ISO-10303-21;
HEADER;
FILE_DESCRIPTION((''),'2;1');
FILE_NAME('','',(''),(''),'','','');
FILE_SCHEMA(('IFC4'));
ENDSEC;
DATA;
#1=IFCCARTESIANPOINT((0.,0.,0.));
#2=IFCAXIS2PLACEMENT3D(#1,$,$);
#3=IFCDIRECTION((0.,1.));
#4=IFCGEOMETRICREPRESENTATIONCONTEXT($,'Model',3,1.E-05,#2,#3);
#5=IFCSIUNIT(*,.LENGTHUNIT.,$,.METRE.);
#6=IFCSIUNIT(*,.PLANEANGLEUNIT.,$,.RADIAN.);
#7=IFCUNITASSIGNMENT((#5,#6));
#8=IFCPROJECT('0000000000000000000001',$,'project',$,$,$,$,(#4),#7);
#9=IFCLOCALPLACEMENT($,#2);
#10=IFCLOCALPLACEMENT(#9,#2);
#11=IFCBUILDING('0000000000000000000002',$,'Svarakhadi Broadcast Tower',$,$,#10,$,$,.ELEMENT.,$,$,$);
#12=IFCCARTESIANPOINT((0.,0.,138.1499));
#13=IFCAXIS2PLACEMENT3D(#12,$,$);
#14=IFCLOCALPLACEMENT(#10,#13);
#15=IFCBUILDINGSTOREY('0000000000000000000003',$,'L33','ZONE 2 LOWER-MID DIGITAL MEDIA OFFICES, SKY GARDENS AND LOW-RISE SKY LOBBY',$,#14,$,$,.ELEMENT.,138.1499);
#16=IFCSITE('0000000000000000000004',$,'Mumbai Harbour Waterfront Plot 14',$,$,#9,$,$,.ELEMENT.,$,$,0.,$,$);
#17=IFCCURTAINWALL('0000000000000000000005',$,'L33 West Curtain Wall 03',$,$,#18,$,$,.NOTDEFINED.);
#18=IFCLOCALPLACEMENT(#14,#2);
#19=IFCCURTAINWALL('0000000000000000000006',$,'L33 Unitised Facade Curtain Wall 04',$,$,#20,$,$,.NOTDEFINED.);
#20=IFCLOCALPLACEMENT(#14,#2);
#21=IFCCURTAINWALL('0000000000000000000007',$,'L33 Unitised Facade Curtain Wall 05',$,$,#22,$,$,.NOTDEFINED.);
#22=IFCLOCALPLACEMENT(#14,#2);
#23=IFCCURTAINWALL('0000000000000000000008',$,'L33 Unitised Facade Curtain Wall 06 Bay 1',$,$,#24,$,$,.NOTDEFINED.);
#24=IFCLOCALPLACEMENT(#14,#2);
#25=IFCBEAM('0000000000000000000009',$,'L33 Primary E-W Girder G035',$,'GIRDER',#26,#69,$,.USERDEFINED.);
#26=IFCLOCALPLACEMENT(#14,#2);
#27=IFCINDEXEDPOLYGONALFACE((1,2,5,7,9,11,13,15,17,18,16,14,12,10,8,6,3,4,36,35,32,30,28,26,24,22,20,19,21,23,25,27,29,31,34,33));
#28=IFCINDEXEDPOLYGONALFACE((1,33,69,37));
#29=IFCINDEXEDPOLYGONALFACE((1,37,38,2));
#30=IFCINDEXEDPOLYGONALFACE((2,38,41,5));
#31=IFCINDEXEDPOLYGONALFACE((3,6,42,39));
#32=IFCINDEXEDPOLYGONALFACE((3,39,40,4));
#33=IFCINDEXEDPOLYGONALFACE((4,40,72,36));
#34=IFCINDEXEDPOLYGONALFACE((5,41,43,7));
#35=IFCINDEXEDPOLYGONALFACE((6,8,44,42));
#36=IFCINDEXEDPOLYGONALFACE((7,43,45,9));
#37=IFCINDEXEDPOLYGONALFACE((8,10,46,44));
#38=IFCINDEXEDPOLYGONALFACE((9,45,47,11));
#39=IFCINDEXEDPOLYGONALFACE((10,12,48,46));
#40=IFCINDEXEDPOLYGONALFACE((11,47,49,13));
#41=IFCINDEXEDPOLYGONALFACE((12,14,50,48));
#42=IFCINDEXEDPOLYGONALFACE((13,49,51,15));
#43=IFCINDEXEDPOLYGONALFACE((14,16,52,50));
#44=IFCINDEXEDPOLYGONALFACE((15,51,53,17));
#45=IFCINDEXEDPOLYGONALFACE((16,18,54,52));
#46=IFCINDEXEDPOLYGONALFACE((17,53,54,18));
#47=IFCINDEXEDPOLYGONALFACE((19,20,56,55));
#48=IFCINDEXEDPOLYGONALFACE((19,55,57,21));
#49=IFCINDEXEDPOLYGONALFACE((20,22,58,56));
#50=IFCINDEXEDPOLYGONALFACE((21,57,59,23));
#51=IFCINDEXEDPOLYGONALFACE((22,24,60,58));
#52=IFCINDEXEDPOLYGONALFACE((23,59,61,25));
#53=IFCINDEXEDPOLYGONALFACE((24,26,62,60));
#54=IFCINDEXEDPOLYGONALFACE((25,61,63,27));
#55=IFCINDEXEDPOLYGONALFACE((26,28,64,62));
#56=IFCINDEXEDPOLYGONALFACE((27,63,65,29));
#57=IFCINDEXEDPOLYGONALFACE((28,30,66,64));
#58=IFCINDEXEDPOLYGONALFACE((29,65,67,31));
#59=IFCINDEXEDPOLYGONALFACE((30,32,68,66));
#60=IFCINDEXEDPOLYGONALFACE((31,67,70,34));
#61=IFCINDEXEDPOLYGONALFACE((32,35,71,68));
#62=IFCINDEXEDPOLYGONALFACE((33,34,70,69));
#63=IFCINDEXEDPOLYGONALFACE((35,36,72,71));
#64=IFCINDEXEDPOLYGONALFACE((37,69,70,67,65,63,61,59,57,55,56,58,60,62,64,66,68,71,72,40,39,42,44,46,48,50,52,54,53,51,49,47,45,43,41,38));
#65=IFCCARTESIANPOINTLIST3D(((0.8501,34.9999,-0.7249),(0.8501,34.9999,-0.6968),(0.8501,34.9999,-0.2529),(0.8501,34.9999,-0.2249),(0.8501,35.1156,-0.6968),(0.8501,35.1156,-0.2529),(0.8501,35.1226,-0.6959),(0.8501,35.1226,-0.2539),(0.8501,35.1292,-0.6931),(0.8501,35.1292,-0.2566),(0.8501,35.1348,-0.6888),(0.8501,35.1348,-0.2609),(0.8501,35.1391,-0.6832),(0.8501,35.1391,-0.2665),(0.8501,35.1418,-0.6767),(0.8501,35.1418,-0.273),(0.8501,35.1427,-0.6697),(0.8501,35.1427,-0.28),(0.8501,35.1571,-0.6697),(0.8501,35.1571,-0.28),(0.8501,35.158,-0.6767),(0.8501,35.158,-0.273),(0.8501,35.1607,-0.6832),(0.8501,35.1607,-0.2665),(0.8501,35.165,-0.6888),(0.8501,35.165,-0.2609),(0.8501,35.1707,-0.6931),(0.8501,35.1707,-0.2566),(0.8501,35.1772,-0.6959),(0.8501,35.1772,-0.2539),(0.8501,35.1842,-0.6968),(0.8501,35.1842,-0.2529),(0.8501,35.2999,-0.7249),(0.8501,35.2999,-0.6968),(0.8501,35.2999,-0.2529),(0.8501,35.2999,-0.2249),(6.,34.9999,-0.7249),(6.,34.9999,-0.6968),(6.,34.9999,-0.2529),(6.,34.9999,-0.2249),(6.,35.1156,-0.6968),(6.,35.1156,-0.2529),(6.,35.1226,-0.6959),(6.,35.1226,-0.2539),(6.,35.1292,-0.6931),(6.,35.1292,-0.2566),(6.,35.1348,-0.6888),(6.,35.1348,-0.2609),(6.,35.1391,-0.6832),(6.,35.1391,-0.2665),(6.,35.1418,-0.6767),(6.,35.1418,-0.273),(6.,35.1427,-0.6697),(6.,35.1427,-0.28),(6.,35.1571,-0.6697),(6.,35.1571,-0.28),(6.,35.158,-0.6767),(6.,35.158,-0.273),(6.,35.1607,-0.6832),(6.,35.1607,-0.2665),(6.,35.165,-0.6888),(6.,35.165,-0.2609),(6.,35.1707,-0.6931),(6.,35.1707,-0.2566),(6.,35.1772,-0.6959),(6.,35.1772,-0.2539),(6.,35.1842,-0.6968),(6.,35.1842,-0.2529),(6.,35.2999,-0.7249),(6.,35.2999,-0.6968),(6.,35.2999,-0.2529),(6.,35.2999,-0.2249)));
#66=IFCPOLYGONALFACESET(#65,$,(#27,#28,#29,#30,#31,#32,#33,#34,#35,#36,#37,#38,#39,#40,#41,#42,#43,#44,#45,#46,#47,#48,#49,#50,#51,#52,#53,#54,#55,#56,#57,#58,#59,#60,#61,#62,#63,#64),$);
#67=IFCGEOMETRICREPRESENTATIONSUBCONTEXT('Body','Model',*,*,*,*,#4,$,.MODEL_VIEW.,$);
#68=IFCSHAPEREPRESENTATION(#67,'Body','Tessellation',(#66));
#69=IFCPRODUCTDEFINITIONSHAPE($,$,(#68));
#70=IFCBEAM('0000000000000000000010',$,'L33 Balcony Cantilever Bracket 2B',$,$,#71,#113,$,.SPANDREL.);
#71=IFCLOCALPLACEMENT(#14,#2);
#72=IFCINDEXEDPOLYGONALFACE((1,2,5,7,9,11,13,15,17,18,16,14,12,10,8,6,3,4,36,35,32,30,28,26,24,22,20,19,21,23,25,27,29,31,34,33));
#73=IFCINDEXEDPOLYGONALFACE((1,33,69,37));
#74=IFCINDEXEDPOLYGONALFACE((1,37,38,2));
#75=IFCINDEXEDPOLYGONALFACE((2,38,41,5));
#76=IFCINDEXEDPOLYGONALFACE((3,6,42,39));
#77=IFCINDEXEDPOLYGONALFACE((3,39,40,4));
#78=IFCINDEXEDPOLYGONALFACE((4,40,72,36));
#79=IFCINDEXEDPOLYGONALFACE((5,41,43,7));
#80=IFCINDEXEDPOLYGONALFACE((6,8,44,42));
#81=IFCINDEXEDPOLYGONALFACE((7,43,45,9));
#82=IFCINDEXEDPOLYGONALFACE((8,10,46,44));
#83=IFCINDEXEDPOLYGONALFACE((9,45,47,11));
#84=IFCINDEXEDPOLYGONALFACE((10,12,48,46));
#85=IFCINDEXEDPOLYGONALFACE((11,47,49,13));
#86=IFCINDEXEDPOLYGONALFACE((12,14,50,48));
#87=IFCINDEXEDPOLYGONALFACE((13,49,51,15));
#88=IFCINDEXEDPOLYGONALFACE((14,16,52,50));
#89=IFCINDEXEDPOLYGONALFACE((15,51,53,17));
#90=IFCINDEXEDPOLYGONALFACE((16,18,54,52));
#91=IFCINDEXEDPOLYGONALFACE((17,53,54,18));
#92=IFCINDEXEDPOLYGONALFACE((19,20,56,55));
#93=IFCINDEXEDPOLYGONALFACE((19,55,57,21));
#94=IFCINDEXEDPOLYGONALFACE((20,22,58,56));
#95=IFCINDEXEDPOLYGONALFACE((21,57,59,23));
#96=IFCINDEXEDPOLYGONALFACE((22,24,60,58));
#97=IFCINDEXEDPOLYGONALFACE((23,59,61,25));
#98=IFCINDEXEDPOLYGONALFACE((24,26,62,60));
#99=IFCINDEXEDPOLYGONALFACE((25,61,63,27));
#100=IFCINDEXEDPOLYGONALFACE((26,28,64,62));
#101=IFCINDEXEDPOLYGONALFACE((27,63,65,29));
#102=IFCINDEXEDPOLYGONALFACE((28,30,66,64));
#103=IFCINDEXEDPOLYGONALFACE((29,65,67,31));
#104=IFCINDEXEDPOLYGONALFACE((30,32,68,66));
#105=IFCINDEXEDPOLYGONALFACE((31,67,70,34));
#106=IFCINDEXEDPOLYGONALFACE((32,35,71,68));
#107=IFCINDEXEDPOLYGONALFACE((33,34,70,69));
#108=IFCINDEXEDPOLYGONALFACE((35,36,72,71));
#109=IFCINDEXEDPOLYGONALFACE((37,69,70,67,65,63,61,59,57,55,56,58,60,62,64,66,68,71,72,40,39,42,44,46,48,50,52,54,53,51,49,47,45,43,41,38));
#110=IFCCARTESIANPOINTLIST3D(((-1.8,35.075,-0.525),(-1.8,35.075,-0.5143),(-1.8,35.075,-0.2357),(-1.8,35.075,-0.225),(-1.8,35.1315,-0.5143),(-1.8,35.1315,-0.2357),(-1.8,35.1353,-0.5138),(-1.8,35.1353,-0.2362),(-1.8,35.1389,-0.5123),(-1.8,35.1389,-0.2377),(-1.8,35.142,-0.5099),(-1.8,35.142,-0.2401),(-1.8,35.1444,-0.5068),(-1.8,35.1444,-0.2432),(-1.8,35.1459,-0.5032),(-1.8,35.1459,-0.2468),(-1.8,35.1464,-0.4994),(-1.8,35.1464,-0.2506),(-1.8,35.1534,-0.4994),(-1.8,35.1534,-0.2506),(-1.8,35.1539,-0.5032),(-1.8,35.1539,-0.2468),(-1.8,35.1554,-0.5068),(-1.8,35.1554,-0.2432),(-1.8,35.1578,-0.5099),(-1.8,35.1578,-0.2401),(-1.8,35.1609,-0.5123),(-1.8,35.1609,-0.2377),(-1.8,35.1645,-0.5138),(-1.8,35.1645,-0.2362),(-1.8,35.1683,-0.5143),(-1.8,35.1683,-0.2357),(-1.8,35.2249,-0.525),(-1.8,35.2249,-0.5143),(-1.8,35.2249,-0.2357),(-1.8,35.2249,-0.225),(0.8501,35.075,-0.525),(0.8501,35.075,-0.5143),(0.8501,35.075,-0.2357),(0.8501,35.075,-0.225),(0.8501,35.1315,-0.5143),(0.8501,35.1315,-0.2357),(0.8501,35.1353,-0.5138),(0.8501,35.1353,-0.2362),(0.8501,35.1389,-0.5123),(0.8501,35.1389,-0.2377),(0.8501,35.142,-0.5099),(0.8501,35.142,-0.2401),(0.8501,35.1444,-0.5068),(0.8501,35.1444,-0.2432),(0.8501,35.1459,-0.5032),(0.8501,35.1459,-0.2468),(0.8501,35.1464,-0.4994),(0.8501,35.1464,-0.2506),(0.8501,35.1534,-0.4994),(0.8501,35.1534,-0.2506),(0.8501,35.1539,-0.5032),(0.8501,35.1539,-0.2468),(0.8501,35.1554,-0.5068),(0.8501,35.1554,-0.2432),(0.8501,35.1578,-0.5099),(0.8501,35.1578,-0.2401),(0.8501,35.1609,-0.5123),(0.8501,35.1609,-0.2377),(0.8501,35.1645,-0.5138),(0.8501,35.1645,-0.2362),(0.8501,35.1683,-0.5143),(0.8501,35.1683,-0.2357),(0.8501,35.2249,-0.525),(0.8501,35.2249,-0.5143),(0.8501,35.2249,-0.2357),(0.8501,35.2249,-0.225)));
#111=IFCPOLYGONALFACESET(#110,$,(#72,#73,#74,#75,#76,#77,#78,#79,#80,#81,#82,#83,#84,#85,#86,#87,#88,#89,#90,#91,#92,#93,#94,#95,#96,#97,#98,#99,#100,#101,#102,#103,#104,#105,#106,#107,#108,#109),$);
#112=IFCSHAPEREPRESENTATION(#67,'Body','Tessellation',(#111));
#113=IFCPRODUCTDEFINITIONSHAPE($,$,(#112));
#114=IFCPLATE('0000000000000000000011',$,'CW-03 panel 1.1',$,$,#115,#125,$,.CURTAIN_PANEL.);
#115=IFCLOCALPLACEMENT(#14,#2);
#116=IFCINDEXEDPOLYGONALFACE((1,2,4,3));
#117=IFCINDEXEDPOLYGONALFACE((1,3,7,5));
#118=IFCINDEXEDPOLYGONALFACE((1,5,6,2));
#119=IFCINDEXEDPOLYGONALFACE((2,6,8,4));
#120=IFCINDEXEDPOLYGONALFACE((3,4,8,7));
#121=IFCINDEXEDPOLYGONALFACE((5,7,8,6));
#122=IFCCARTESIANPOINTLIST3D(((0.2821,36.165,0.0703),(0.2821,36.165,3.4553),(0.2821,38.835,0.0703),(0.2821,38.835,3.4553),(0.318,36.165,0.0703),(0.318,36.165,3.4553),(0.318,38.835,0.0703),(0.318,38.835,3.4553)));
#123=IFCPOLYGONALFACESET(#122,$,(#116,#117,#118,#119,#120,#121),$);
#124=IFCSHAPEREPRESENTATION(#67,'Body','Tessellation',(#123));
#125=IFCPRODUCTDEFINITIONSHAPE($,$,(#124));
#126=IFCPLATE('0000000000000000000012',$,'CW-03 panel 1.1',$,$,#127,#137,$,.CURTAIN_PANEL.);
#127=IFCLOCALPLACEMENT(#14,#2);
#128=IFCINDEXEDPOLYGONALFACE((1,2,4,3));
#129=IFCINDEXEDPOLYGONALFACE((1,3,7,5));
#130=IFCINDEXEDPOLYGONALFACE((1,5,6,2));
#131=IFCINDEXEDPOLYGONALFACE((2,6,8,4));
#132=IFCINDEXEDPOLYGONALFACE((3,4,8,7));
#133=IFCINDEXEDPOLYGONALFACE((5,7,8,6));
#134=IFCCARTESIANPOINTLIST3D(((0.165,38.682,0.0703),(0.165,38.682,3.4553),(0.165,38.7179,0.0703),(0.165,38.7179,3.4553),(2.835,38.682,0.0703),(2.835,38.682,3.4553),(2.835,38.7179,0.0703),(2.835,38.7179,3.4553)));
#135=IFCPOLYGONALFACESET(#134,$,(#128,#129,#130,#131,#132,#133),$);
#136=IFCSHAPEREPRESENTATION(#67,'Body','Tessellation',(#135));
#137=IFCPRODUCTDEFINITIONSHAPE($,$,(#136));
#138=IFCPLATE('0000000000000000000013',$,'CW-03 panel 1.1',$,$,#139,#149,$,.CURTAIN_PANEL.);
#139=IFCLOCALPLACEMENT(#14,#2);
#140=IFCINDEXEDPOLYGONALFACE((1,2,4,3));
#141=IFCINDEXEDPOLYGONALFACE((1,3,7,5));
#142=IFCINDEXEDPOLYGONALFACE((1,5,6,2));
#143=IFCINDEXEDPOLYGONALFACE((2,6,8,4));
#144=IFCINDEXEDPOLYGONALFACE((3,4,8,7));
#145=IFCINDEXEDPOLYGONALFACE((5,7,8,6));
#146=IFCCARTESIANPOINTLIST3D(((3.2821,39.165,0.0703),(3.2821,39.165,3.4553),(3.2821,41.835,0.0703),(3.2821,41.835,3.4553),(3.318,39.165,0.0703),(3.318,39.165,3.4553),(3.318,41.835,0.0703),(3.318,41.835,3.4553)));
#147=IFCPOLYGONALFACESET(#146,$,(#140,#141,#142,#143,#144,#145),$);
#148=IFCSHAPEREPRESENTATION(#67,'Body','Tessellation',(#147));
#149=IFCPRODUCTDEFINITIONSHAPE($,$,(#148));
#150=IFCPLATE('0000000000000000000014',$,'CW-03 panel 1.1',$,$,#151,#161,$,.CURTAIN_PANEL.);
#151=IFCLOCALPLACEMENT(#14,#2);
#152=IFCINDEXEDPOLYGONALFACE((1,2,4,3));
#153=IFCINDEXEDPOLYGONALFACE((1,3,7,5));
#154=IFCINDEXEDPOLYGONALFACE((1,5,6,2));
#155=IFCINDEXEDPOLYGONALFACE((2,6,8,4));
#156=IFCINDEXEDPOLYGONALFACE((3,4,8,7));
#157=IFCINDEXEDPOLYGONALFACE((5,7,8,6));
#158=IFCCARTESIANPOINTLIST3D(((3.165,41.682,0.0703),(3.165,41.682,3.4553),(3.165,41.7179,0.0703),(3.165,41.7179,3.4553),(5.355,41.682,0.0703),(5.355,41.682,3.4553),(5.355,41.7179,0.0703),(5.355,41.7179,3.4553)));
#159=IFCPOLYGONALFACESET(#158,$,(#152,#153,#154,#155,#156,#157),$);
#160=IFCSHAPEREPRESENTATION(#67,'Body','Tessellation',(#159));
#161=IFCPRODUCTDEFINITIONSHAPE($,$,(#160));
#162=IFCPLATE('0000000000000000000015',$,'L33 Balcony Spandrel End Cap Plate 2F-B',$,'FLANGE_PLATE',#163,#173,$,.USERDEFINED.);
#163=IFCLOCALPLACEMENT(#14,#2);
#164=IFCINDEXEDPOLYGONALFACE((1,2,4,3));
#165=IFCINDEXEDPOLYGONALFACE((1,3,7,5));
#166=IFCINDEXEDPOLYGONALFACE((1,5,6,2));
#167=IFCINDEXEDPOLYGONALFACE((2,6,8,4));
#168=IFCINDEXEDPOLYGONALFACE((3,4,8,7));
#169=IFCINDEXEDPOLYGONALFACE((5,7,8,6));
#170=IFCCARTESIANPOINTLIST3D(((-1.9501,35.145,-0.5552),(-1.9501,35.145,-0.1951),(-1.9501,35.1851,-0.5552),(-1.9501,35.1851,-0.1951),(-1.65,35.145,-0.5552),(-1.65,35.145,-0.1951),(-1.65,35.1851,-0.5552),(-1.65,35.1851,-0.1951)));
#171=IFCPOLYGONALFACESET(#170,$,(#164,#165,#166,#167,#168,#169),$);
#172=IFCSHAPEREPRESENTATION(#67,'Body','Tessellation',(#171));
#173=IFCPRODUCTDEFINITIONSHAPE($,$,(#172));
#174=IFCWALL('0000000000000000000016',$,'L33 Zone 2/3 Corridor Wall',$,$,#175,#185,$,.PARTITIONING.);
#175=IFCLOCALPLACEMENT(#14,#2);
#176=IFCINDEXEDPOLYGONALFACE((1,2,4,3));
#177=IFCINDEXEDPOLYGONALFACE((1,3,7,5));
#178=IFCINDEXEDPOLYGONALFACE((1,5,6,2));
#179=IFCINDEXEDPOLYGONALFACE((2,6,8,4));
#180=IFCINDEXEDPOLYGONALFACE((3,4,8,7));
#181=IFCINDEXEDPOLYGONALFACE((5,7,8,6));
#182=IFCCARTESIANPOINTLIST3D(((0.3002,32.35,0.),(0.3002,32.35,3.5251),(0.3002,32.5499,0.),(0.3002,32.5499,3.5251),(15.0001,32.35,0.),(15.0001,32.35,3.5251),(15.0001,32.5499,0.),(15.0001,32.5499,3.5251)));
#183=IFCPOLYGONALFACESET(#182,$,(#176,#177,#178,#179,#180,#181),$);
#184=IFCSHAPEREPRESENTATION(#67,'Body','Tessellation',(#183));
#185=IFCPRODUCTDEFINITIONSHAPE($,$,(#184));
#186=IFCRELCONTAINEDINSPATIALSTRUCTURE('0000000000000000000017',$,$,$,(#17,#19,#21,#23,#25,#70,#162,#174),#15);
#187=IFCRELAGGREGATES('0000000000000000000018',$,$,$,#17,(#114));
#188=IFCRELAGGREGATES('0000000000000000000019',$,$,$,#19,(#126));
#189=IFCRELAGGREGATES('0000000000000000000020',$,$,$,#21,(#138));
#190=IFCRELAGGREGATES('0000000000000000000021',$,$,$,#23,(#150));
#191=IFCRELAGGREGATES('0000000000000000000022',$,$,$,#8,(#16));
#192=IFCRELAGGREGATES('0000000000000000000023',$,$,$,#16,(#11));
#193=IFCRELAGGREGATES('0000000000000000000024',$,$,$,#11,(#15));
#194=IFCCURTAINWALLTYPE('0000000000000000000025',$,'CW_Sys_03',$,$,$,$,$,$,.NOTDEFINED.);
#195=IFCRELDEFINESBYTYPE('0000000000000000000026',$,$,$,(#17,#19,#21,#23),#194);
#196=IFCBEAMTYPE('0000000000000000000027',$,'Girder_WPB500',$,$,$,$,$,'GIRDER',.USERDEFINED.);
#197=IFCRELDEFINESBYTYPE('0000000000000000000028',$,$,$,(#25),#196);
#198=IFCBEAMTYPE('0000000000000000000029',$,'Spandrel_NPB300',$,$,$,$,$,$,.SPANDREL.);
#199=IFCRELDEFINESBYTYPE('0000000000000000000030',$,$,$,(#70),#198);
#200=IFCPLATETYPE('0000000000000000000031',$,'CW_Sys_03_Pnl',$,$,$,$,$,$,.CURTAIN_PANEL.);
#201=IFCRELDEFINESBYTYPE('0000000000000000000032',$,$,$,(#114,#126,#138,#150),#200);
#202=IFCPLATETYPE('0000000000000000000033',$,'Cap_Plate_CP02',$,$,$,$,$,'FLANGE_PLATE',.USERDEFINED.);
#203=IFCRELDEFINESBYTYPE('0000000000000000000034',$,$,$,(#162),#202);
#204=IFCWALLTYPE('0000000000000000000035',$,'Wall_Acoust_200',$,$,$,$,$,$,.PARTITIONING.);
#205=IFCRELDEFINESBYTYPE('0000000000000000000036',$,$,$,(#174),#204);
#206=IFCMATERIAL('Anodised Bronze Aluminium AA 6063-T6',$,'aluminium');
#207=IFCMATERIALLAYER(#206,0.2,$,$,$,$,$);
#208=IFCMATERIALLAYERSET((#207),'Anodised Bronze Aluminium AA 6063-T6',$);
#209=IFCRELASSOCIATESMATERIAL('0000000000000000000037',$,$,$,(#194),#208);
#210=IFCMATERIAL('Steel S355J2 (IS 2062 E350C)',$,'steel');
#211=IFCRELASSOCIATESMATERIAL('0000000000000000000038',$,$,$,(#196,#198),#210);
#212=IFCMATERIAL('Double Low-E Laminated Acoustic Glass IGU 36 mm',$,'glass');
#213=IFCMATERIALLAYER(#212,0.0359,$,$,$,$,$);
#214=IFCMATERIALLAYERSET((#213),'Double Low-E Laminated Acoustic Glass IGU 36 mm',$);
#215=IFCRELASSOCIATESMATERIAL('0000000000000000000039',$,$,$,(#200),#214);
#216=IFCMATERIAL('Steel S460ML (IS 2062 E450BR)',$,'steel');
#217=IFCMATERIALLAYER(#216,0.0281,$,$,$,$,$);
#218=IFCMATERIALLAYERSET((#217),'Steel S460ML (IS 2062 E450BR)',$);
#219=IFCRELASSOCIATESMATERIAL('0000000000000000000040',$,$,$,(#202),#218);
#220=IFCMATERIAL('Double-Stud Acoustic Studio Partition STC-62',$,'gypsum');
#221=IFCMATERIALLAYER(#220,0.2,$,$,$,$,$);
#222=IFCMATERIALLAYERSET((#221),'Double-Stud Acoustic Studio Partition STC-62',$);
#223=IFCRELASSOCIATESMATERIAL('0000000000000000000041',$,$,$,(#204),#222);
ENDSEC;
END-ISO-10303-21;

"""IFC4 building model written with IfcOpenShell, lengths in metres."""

from ifc_helpers import new_model, si_unit, direction, frame, frame_2d, origin, origin_2d, place, context, subcontext, project, spatial, rectangle, i_section, extrude, material, layer, layer_set, material_profile, profile_set, type_object, element, aggregate, save


model = new_model("IFC4")

# Units and contexts
model_context = context("Model", 3, precision=1e-05, world=origin(), true_north=direction((0.0, 1.0)))
body_context = subcontext(model_context, "Body", "Model", "MODEL_VIEW")
ifc_project = project(units=[si_unit("LENGTHUNIT", "METRE"), si_unit("PLANEANGLEUNIT", "RADIAN")], contexts=[model_context])

# Site, building, storey
site_placement = place(None, origin())
site = spatial("IfcSite", under=ifc_project, at=site_placement, Name="Mumbai Harbour Waterfront Plot 14", CompositionType="ELEMENT", RefElevation=0.0)
building_placement = place(site_placement, origin())
building = spatial("IfcBuilding", under=site, at=building_placement, Name="Svarakhadi Broadcast Tower", CompositionType="ELEMENT")
storey_placement = place(building_placement, frame((0.0, 0.0, 138.1499)))
storey = spatial("IfcBuildingStorey", under=building, at=storey_placement, Name="L33", Description="ZONE 2 LOWER-MID DIGITAL MEDIA OFFICES, SKY GARDENS AND LOW-RISE SKY LOBBY", CompositionType="ELEMENT", Elevation=138.1499)

# Shared definitions
ifc_material_1 = material(Name="Steel S460ML (IS 2062 E450BR)", Category="steel")

# Curtain walls
ifc_material_2 = material(Name="Anodised Bronze Aluminium AA 6063-T6", Category="aluminium")
ifc_layer_1 = layer(ifc_material_2, 0.2)
ifc_layer_set_1 = layer_set([ifc_layer_1], Name="Anodised Bronze Aluminium AA 6063-T6")
curtain_wall_type = type_object("IfcCurtainWallType", Name="CW_Sys_03", PredefinedType="NOTDEFINED", material=ifc_layer_set_1)
curtain_wall_1_placement = place(storey_placement, origin())
curtain_wall_1 = element("IfcCurtainWall", 1, at=curtain_wall_1_placement, inside=storey, type_object=curtain_wall_type, Name="L33 West Curtain Wall 03", PredefinedType="NOTDEFINED")
curtain_wall_2_placement = place(storey_placement, origin())
curtain_wall_2 = element("IfcCurtainWall", 2, at=curtain_wall_2_placement, inside=storey, type_object=curtain_wall_type, Name="L33 Unitised Facade Curtain Wall 04", PredefinedType="NOTDEFINED")
curtain_wall_3_placement = place(storey_placement, origin())
curtain_wall_3 = element("IfcCurtainWall", 3, at=curtain_wall_3_placement, inside=storey, type_object=curtain_wall_type, Name="L33 Unitised Facade Curtain Wall 05", PredefinedType="NOTDEFINED")
curtain_wall_4_placement = place(storey_placement, origin())
curtain_wall_4 = element("IfcCurtainWall", 4, at=curtain_wall_4_placement, inside=storey, type_object=curtain_wall_type, Name="L33 Unitised Facade Curtain Wall 06 Bay 1", PredefinedType="NOTDEFINED")

# Beams
ifc_material_3 = material(Name="Steel S355J2 (IS 2062 E350C)", Category="steel")
ifc_material_profile_1 = material_profile(ifc_material_3, i_section(OverallWidth=0.3, OverallDepth=0.5, WebThickness=0.0144, FlangeThickness=0.0281, FilletRadius=0.0271, at=origin_2d()), Name="WPB 500x300x187")
ifc_profile_set_1 = profile_set([ifc_material_profile_1], Name="Steel S355J2 (IS 2062 E350C)")
beam_type_1 = type_object("IfcBeamType", Name="Girder_WPB500", ElementType="GIRDER", PredefinedType="USERDEFINED", material=ifc_profile_set_1)
beam_1_placement = place(storey_placement, frame((0.8501, 35.1499, -0.4749), z_axis=(1.0, 0.0, 0.0), x_axis=(0.0, 1.0, 0.0)))
element("IfcBeam", 5, at=beam_1_placement, inside=storey, type_object=beam_type_1, Name="L33 Primary E-W Girder G035", ObjectType="GIRDER", PredefinedType="USERDEFINED", context=body_context, shape_type="SweptSolid", body=[
    extrude(i_section(OverallWidth=0.3, OverallDepth=0.5, WebThickness=0.0144, FlangeThickness=0.0281, FilletRadius=0.0271, at=origin_2d()), origin(), (0.0, 0.0, 1.0), 5.1499),
])
ifc_material_profile_2 = material_profile(ifc_material_3, i_section(OverallWidth=0.1499, OverallDepth=0.3, WebThickness=0.0071, FlangeThickness=0.0107, FilletRadius=0.0149, at=origin_2d()), Name="NPB 300x150x37")
ifc_profile_set_2 = profile_set([ifc_material_profile_2], Name="Steel S355J2 (IS 2062 E350C)")
beam_type_2 = type_object("IfcBeamType", Name="Spandrel_NPB300", PredefinedType="SPANDREL", material=ifc_profile_set_2)
beam_2_placement = place(storey_placement, frame((0.8501, 35.1499, -0.375), z_axis=(-1.0, 0.0, 0.0), x_axis=(0.0, -1.0, 0.0)))
element("IfcBeam", 6, at=beam_2_placement, inside=storey, type_object=beam_type_2, Name="L33 Balcony Cantilever Bracket 2B", PredefinedType="SPANDREL", context=body_context, shape_type="SweptSolid", body=[
    extrude(i_section(OverallWidth=0.1499, OverallDepth=0.3, WebThickness=0.0071, FlangeThickness=0.0107, FilletRadius=0.0149, at=origin_2d()), origin(), (0.0, 0.0, 1.0), 2.6501),
])

# Plates
ifc_material_4 = material(Name="Double Low-E Laminated Acoustic Glass IGU 36 mm", Category="glass")
ifc_layer_2 = layer(ifc_material_4, 0.0359)
ifc_layer_set_2 = layer_set([ifc_layer_2], Name="Double Low-E Laminated Acoustic Glass IGU 36 mm")
plate_type_1 = type_object("IfcPlateType", Name="CW_Sys_03_Pnl", PredefinedType="CURTAIN_PANEL", material=ifc_layer_set_2)
plate_1_placement = place(storey_placement, frame((0.3, 37.5, 0.0703), z_axis=(0.0, 0.0, 1.0), x_axis=(0.0, 1.0, 0.0)))
plate_1 = element("IfcPlate", 7, at=plate_1_placement, type_object=plate_type_1, Name="CW-03 panel 1.1", PredefinedType="CURTAIN_PANEL", context=body_context, shape_type="SweptSolid", body=[
    extrude(rectangle(XDim=2.6699, YDim=0.0359, at=origin_2d()), origin(), (0.0, 0.0, 1.0), 3.385),
])
aggregate(curtain_wall_1, [plate_1])
plate_2_placement = place(storey_placement, frame((1.5, 38.7, 0.0703), z_axis=(0.0, 0.0, 1.0), x_axis=(1.0, 0.0, 0.0)))
plate_2 = element("IfcPlate", 8, at=plate_2_placement, type_object=plate_type_1, Name="CW-03 panel 1.1", PredefinedType="CURTAIN_PANEL", context=body_context, shape_type="SweptSolid", body=[
    extrude(rectangle(XDim=2.6699, YDim=0.0359, at=origin_2d()), origin(), (0.0, 0.0, 1.0), 3.385),
])
aggregate(curtain_wall_2, [plate_2])
plate_3_placement = place(storey_placement, frame((3.3, 40.5, 0.0703), z_axis=(0.0, 0.0, 1.0), x_axis=(0.0, 1.0, 0.0)))
plate_3 = element("IfcPlate", 9, at=plate_3_placement, type_object=plate_type_1, Name="CW-03 panel 1.1", PredefinedType="CURTAIN_PANEL", context=body_context, shape_type="SweptSolid", body=[
    extrude(rectangle(XDim=2.6699, YDim=0.0359, at=origin_2d()), origin(), (0.0, 0.0, 1.0), 3.385),
])
aggregate(curtain_wall_3, [plate_3])
plate_4_placement = place(storey_placement, frame((4.26, 41.7, 0.0703), z_axis=(0.0, 0.0, 1.0), x_axis=(1.0, 0.0, 0.0)))
plate_4 = element("IfcPlate", 10, at=plate_4_placement, type_object=plate_type_1, Name="CW-03 panel 1.1", PredefinedType="CURTAIN_PANEL", context=body_context, shape_type="SweptSolid", body=[
    extrude(rectangle(XDim=2.1899, YDim=0.0359, at=origin_2d()), origin(), (0.0, 0.0, 1.0), 3.385),
])
aggregate(curtain_wall_4, [plate_4])
ifc_layer_3 = layer(ifc_material_1, 0.0281)
ifc_layer_set_3 = layer_set([ifc_layer_3], Name="Steel S460ML (IS 2062 E450BR)")
plate_type_2 = type_object("IfcPlateType", Name="Cap_Plate_CP02", ElementType="FLANGE_PLATE", PredefinedType="USERDEFINED", material=ifc_layer_set_3)
plate_5_placement = place(storey_placement, frame((-1.8, 35.165, -0.5552), z_axis=(0.0, 0.0, 1.0), x_axis=(1.0, 0.0, 0.0)))
element("IfcPlate", 11, at=plate_5_placement, inside=storey, type_object=plate_type_2, Name="L33 Balcony Spandrel End Cap Plate 2F-B", ObjectType="FLANGE_PLATE", PredefinedType="USERDEFINED", context=body_context, shape_type="SweptSolid", body=[
    extrude(rectangle(XDim=0.3, YDim=0.04, at=origin_2d()), origin(), (0.0, 0.0, 1.0), 0.3601),
])

# Wall
ifc_material_5 = material(Name="Double-Stud Acoustic Studio Partition STC-62", Category="gypsum")
ifc_layer_4 = layer(ifc_material_5, 0.2)
ifc_layer_set_4 = layer_set([ifc_layer_4], Name="Double-Stud Acoustic Studio Partition STC-62")
wall_type_1 = type_object("IfcWallType", Name="Wall_Acoust_200", PredefinedType="PARTITIONING", material=ifc_layer_set_4)
wall_1_placement = place(storey_placement, frame((0.3, 32.45, 0.0), z_axis=(0.0, 0.0, 1.0), x_axis=(1.0, 0.0, 0.0)))
element("IfcWall", 12, at=wall_1_placement, inside=storey, type_object=wall_type_1, Name="L33 Zone 2/3 Corridor Wall", PredefinedType="PARTITIONING", context=body_context, shape_type="SweptSolid", body=[
    extrude(rectangle(XDim=14.7, YDim=0.2, at=frame_2d((7.3501, 0.0))), origin(), (0.0, 0.0, 1.0), 3.5251),
])

save(model, "model.ifc")
